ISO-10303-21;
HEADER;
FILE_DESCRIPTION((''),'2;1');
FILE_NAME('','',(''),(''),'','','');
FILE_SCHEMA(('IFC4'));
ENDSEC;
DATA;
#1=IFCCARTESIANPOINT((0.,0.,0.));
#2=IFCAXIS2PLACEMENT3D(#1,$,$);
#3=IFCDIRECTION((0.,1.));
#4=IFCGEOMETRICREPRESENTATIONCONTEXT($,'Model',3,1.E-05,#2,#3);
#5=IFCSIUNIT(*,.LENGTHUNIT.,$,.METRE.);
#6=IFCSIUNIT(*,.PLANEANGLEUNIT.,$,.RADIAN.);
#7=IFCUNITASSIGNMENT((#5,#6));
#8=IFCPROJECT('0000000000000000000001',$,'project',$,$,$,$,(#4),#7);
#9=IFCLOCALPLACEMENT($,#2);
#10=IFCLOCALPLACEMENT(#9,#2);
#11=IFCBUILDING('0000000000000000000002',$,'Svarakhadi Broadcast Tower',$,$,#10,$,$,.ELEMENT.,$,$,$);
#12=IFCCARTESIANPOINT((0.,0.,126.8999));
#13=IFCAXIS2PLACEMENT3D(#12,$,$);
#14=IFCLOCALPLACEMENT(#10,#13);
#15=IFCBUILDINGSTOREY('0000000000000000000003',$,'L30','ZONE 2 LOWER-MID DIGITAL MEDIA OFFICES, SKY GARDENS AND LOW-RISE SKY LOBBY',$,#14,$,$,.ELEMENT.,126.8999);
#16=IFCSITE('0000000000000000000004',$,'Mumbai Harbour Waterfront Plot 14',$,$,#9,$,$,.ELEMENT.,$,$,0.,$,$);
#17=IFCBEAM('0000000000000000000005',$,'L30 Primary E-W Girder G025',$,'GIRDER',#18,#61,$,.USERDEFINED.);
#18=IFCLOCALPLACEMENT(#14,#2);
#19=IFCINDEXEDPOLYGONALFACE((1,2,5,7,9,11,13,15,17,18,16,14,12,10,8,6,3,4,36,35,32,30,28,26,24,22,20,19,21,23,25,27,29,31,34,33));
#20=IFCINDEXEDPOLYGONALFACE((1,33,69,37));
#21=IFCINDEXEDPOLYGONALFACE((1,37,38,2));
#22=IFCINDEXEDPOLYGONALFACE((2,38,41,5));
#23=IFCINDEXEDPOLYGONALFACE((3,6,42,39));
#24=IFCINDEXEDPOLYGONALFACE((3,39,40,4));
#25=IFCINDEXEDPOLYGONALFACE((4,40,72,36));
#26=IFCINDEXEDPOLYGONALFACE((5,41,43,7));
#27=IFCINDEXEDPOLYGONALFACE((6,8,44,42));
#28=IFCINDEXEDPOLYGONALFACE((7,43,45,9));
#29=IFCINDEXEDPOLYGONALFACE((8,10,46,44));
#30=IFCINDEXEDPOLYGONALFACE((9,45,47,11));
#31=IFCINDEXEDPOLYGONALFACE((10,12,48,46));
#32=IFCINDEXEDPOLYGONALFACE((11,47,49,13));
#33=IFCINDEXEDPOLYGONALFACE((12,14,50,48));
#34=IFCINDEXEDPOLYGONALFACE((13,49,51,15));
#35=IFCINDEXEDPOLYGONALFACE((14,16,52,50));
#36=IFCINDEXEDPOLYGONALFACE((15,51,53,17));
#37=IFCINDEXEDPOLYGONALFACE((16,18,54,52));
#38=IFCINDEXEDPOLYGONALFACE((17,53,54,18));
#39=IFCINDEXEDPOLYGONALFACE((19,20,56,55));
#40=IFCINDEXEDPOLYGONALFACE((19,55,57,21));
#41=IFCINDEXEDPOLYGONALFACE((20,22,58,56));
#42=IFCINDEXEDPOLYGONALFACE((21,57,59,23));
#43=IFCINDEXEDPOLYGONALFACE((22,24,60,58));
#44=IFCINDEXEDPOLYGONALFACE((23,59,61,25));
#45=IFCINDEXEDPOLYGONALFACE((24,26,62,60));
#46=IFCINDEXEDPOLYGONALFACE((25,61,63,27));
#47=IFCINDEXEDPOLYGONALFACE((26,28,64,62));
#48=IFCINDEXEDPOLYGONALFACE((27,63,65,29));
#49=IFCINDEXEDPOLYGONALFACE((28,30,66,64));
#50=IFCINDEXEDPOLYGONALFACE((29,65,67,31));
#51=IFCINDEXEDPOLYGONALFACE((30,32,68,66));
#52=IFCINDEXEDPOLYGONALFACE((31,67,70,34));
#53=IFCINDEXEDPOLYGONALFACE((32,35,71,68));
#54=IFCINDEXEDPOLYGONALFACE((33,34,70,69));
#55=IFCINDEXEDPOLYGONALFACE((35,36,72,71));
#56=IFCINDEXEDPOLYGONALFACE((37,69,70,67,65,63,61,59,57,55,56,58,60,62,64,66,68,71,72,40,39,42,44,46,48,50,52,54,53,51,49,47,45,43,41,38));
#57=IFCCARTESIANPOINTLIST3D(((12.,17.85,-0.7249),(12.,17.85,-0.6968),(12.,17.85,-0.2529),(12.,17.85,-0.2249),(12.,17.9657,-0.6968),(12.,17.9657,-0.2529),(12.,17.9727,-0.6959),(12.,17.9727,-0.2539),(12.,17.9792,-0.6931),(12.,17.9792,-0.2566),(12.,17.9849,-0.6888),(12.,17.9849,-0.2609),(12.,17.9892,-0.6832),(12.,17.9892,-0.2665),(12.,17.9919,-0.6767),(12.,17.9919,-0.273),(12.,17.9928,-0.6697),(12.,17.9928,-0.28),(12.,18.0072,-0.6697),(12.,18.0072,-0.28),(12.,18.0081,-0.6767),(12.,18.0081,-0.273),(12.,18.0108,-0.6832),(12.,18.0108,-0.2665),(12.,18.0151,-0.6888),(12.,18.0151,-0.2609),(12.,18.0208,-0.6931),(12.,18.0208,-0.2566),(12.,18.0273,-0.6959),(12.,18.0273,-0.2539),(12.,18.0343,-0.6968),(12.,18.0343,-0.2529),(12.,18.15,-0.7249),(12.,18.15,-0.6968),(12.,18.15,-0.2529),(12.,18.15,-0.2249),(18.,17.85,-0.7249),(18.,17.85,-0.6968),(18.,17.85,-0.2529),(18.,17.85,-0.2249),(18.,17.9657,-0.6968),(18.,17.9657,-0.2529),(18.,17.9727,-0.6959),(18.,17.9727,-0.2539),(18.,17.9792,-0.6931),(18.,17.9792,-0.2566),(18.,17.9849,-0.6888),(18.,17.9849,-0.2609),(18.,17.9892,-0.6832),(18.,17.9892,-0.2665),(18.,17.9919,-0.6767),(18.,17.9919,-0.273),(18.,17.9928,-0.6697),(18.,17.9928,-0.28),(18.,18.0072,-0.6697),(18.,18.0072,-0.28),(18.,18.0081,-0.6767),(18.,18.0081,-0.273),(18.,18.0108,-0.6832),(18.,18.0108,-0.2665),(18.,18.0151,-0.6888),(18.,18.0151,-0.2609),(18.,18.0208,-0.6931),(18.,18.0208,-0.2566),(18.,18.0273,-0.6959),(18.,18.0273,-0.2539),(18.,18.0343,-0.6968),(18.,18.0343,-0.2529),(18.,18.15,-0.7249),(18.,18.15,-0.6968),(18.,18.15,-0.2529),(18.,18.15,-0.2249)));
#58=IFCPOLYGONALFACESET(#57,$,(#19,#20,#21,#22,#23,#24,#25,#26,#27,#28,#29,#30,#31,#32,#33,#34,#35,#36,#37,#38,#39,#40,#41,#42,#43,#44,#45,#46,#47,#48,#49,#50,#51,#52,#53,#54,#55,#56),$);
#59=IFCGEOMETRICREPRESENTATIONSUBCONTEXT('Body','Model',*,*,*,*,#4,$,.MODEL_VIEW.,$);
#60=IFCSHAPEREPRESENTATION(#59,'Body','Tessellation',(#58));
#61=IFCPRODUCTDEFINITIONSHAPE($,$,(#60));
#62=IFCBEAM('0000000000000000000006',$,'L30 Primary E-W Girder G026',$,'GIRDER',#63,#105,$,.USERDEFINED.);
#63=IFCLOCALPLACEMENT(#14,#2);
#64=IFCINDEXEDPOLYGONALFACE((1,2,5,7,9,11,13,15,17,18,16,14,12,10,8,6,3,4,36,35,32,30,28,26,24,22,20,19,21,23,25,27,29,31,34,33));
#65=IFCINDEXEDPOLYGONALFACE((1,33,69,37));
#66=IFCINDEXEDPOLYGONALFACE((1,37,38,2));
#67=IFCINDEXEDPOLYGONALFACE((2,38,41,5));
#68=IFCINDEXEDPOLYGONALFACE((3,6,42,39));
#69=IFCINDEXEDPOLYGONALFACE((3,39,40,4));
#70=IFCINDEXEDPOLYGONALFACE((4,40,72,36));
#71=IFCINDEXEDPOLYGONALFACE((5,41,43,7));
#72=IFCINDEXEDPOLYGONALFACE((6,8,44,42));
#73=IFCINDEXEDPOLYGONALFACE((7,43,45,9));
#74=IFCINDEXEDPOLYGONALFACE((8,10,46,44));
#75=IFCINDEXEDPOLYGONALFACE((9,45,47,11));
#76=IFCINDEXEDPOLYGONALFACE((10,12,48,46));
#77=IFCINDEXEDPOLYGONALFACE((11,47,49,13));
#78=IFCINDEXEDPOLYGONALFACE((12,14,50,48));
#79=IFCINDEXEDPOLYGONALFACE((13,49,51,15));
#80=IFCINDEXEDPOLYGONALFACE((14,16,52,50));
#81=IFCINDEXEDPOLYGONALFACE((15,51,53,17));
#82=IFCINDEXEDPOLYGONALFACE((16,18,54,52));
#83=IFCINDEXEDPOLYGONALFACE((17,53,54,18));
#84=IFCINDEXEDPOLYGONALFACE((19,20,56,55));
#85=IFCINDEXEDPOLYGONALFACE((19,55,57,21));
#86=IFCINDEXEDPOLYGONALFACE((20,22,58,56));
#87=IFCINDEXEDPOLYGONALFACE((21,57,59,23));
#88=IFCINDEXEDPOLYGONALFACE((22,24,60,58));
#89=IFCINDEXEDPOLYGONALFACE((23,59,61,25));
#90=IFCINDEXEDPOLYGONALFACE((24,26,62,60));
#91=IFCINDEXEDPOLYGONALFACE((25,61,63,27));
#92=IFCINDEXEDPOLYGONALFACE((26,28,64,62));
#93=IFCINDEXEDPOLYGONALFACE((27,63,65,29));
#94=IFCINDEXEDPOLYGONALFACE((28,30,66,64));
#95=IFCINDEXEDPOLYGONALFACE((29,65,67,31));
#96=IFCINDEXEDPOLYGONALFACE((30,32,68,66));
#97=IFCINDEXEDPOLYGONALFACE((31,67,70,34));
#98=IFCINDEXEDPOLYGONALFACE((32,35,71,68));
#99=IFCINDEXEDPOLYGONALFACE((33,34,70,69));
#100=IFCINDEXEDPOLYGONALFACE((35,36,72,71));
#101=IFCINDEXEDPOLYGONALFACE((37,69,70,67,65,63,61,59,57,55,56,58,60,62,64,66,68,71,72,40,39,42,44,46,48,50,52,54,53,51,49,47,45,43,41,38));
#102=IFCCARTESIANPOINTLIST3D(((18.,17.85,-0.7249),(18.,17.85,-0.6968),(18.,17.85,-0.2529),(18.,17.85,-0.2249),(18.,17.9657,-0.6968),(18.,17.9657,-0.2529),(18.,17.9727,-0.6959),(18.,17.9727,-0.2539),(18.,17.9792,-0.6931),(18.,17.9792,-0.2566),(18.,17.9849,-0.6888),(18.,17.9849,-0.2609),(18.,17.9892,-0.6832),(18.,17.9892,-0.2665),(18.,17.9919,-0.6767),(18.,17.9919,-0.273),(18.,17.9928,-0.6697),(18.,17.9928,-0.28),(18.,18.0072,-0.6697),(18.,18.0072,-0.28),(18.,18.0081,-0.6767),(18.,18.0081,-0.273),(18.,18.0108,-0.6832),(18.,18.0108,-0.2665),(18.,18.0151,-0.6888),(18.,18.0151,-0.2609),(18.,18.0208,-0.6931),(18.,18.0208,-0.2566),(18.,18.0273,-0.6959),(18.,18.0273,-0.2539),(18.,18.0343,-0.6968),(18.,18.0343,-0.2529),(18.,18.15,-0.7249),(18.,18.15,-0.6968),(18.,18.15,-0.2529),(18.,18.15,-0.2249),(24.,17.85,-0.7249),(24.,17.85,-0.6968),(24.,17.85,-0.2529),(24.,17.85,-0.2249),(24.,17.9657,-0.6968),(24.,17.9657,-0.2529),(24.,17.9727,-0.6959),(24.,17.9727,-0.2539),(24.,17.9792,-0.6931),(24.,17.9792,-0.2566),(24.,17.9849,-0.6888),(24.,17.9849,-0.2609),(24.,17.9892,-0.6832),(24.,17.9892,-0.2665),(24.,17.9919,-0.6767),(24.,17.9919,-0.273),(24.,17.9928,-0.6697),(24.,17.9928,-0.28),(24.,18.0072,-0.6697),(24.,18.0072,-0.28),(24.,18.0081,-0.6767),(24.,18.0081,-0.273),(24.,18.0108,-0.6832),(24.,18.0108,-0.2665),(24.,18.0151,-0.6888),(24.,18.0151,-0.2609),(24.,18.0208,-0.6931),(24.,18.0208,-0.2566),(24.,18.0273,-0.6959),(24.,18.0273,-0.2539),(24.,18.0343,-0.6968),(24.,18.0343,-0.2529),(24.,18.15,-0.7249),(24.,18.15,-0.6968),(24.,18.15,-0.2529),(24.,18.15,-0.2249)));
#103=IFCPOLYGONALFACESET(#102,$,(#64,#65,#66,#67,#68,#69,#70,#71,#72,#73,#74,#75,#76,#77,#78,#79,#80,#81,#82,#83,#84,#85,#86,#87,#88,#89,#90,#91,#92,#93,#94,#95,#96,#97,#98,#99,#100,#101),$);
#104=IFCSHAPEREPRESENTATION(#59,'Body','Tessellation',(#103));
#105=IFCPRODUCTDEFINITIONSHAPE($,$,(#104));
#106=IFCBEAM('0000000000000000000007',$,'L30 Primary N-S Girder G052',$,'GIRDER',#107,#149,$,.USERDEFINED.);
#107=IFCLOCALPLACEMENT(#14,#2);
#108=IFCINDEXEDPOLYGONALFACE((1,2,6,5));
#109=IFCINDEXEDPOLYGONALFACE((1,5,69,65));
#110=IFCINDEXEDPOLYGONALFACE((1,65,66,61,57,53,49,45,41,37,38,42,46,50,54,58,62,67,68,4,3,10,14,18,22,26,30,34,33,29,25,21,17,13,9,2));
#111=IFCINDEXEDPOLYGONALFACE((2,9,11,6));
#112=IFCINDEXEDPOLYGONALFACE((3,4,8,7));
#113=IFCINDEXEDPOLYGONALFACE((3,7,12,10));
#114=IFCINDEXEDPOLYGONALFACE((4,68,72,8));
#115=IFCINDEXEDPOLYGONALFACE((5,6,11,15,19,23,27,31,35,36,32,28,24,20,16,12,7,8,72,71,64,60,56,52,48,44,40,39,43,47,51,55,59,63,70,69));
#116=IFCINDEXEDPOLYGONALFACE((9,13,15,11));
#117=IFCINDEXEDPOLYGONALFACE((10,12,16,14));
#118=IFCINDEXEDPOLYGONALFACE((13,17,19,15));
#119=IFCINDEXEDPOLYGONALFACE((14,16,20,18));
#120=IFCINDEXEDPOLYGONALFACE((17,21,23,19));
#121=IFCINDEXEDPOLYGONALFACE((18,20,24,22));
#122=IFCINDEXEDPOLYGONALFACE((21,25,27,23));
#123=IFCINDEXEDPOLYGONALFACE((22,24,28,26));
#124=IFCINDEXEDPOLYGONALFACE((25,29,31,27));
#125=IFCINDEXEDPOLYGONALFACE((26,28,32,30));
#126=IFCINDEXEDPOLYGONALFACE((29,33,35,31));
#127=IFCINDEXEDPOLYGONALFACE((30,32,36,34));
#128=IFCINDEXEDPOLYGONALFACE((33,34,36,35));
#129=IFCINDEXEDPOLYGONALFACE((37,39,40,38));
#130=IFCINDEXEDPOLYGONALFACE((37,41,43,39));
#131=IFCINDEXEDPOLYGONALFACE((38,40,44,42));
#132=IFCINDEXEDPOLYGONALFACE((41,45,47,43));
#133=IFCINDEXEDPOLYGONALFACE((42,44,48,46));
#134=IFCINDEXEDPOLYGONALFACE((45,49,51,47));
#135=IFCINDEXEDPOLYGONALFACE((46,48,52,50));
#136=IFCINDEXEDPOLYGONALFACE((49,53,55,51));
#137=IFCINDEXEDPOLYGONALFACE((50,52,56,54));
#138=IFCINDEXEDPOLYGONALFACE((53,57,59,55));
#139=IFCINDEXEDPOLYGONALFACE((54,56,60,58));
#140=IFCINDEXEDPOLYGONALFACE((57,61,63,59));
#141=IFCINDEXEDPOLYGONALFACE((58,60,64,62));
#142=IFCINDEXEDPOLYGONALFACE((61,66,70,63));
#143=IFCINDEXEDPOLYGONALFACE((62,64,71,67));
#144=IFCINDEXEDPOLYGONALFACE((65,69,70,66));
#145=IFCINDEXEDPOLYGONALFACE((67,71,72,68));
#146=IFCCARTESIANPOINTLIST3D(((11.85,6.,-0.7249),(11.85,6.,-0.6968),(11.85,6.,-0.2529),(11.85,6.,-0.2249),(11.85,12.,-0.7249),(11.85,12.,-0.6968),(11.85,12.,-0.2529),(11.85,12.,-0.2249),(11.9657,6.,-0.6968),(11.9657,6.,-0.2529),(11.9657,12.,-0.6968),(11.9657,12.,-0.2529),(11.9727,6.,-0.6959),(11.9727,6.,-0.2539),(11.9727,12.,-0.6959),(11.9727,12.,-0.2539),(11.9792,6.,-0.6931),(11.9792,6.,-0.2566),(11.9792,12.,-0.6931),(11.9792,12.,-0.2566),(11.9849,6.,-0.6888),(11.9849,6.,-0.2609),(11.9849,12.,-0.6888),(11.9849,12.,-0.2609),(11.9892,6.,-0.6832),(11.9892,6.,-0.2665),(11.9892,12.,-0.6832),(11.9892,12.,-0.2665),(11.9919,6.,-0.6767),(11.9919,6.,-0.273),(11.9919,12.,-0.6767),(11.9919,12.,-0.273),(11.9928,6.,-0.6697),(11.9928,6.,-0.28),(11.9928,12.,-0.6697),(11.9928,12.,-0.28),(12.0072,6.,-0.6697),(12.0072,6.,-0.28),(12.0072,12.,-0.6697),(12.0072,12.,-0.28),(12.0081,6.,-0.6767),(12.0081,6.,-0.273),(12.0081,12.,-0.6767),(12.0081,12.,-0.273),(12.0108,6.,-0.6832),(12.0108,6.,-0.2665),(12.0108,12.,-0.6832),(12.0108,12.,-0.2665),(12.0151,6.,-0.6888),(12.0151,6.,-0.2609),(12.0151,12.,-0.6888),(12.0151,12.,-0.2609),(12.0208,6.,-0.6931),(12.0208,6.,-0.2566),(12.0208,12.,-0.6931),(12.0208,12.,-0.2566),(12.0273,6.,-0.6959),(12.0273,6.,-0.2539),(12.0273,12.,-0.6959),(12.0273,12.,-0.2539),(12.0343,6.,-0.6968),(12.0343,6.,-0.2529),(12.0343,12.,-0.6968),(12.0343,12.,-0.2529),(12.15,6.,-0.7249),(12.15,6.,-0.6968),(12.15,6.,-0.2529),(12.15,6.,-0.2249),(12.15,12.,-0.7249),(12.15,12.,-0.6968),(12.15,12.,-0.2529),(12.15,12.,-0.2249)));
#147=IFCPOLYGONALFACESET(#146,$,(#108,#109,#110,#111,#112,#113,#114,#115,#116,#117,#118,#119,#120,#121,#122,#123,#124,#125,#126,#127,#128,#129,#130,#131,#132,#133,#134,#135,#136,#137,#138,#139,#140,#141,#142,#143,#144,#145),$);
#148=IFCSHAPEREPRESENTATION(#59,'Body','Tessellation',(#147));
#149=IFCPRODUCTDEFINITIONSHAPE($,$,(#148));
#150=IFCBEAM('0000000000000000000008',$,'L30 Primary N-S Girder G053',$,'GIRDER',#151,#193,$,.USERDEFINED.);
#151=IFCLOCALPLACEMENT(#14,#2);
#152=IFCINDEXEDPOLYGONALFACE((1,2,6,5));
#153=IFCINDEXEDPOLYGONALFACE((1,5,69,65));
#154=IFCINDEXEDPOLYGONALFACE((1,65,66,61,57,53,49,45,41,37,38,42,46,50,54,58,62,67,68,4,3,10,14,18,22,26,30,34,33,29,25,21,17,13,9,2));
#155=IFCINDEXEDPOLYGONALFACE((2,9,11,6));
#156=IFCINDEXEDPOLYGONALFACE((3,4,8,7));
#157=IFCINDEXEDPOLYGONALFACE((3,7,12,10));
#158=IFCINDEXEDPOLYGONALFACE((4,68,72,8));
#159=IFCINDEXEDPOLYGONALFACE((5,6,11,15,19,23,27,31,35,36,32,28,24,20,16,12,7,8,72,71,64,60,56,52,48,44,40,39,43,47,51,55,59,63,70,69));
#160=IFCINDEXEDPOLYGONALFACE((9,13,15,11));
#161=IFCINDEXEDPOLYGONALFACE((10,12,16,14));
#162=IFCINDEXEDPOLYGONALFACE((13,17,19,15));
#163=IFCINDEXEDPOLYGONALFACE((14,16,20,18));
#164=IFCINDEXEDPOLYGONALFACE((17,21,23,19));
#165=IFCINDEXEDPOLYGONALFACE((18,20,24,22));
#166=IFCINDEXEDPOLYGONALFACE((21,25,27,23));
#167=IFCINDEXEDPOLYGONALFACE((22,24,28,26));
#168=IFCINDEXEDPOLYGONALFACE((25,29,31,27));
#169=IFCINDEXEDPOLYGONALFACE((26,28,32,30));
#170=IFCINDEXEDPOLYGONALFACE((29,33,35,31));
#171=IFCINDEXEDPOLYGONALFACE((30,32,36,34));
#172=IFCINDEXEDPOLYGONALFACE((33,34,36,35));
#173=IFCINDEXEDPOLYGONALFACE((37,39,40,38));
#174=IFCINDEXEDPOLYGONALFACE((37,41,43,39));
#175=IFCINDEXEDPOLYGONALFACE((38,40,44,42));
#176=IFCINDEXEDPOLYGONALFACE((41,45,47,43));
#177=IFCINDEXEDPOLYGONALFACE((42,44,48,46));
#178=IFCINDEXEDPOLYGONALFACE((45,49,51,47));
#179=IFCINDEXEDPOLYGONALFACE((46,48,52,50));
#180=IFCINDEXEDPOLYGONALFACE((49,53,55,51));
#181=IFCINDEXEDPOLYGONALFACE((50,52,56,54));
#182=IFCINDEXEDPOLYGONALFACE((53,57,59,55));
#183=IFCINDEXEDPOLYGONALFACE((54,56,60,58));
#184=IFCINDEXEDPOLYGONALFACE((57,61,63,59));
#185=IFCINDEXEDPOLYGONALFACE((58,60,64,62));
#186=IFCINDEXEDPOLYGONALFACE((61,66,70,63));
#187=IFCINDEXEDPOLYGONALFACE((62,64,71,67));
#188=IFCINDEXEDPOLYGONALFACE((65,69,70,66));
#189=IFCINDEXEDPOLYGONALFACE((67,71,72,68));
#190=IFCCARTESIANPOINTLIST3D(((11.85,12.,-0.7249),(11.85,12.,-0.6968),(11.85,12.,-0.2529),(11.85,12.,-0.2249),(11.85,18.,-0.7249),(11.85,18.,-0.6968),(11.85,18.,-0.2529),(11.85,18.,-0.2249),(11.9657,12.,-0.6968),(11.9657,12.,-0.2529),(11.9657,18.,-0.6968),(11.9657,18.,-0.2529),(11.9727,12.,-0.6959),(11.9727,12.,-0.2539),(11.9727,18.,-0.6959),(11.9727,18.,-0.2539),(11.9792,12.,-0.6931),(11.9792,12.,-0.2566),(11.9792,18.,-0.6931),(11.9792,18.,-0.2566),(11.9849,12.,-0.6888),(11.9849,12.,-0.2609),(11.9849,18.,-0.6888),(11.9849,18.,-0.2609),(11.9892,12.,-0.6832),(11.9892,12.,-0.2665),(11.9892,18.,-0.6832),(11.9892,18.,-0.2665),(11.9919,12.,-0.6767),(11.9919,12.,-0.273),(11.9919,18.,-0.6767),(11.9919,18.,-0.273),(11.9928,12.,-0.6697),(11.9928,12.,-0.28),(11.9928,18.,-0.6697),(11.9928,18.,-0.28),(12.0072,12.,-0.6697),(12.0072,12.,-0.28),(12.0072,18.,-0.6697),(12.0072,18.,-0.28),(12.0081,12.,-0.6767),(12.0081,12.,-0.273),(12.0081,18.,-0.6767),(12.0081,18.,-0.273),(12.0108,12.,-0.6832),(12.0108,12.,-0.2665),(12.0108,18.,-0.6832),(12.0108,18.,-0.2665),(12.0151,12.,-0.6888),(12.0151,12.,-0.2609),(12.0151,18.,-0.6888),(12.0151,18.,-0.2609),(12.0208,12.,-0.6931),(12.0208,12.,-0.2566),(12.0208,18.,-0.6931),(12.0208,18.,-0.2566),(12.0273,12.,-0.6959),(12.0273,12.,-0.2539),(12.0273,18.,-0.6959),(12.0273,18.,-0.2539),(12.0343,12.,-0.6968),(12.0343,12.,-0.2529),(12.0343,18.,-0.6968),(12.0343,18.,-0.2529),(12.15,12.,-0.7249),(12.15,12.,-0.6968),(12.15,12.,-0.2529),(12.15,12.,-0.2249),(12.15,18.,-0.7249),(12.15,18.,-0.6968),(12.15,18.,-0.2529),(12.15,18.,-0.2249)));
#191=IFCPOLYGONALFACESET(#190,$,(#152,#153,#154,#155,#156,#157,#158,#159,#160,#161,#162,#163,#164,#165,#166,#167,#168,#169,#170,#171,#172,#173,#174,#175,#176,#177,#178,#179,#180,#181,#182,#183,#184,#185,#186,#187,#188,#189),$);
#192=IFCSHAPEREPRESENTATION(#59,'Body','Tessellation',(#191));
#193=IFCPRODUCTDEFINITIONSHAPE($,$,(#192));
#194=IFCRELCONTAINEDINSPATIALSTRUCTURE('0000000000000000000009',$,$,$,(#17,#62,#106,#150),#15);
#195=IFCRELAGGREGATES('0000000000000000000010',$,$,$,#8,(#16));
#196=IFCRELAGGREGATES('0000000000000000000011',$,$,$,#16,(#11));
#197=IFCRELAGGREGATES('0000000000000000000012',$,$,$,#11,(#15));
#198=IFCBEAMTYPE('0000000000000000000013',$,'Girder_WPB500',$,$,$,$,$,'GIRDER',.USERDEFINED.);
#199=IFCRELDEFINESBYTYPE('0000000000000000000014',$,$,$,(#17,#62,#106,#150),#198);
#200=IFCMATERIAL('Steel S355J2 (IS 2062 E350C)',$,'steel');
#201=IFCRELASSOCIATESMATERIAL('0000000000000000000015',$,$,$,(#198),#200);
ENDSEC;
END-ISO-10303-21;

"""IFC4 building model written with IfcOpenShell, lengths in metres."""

from ifc_helpers import new_model, si_unit, direction, frame, origin, origin_2d, place, context, subcontext, project, spatial, i_section, extrude, material, material_profile, profile_set, type_object, element, save


model = new_model("IFC4")

# Units and contexts
model_context = context("Model", 3, precision=1e-05, world=origin(), true_north=direction((0.0, 1.0)))
body_context = subcontext(model_context, "Body", "Model", "MODEL_VIEW")
ifc_project = project(units=[si_unit("LENGTHUNIT", "METRE"), si_unit("PLANEANGLEUNIT", "RADIAN")], contexts=[model_context])

# Site, building, storey
site_placement = place(None, origin())
site = spatial("IfcSite", under=ifc_project, at=site_placement, Name="Mumbai Harbour Waterfront Plot 14", CompositionType="ELEMENT", RefElevation=0.0)
building_placement = place(site_placement, origin())
building = spatial("IfcBuilding", under=site, at=building_placement, Name="Svarakhadi Broadcast Tower", CompositionType="ELEMENT")
storey_placement = place(building_placement, frame((0.0, 0.0, 126.8999)))
storey = spatial("IfcBuildingStorey", under=building, at=storey_placement, Name="L30", Description="ZONE 2 LOWER-MID DIGITAL MEDIA OFFICES, SKY GARDENS AND LOW-RISE SKY LOBBY", CompositionType="ELEMENT", Elevation=126.8999)

# Beams
ifc_material_1 = material(Name="Steel S355J2 (IS 2062 E350C)", Category="steel")
ifc_material_profile_1 = material_profile(ifc_material_1, i_section(OverallWidth=0.3, OverallDepth=0.5, WebThickness=0.0144, FlangeThickness=0.0281, FilletRadius=0.0271, at=origin_2d()), Name="WPB 500x300x187")
ifc_profile_set_1 = profile_set([ifc_material_profile_1], Name="Steel S355J2 (IS 2062 E350C)")
beam_type_1 = type_object("IfcBeamType", Name="Girder_WPB500", ElementType="GIRDER", PredefinedType="USERDEFINED", material=ifc_profile_set_1)
for number, where, z_axis, x_axis, name in (
    (1, (12.0, 18.0, -0.4749), (1.0, 0.0, 0.0), (0.0, 1.0, 0.0), "L30 Primary E-W Girder G025"),
    (2, (18.0, 18.0, -0.4749), (1.0, 0.0, 0.0), (0.0, 1.0, 0.0), "L30 Primary E-W Girder G026"),
    (3, (12.0, 6.0, -0.4749), (0.0, 1.0, 0.0), (-1.0, 0.0, 0.0), "L30 Primary N-S Girder G052"),
    (4, (12.0, 12.0, -0.4749), (0.0, 1.0, 0.0), (-1.0, 0.0, 0.0), "L30 Primary N-S Girder G053"),
):
    element("IfcBeam", number, at=place(storey_placement, frame(where, z_axis=z_axis, x_axis=x_axis)), inside=storey, type_object=beam_type_1, Name=name, ObjectType="GIRDER", PredefinedType="USERDEFINED", context=body_context, shape_type="SweptSolid", body=[
        extrude(i_section(OverallWidth=0.3, OverallDepth=0.5, WebThickness=0.0144, FlangeThickness=0.0281, FilletRadius=0.0271, at=origin_2d()), origin(), (0.0, 0.0, 1.0), 6.0),
    ])

save(model, "model.ifc")
